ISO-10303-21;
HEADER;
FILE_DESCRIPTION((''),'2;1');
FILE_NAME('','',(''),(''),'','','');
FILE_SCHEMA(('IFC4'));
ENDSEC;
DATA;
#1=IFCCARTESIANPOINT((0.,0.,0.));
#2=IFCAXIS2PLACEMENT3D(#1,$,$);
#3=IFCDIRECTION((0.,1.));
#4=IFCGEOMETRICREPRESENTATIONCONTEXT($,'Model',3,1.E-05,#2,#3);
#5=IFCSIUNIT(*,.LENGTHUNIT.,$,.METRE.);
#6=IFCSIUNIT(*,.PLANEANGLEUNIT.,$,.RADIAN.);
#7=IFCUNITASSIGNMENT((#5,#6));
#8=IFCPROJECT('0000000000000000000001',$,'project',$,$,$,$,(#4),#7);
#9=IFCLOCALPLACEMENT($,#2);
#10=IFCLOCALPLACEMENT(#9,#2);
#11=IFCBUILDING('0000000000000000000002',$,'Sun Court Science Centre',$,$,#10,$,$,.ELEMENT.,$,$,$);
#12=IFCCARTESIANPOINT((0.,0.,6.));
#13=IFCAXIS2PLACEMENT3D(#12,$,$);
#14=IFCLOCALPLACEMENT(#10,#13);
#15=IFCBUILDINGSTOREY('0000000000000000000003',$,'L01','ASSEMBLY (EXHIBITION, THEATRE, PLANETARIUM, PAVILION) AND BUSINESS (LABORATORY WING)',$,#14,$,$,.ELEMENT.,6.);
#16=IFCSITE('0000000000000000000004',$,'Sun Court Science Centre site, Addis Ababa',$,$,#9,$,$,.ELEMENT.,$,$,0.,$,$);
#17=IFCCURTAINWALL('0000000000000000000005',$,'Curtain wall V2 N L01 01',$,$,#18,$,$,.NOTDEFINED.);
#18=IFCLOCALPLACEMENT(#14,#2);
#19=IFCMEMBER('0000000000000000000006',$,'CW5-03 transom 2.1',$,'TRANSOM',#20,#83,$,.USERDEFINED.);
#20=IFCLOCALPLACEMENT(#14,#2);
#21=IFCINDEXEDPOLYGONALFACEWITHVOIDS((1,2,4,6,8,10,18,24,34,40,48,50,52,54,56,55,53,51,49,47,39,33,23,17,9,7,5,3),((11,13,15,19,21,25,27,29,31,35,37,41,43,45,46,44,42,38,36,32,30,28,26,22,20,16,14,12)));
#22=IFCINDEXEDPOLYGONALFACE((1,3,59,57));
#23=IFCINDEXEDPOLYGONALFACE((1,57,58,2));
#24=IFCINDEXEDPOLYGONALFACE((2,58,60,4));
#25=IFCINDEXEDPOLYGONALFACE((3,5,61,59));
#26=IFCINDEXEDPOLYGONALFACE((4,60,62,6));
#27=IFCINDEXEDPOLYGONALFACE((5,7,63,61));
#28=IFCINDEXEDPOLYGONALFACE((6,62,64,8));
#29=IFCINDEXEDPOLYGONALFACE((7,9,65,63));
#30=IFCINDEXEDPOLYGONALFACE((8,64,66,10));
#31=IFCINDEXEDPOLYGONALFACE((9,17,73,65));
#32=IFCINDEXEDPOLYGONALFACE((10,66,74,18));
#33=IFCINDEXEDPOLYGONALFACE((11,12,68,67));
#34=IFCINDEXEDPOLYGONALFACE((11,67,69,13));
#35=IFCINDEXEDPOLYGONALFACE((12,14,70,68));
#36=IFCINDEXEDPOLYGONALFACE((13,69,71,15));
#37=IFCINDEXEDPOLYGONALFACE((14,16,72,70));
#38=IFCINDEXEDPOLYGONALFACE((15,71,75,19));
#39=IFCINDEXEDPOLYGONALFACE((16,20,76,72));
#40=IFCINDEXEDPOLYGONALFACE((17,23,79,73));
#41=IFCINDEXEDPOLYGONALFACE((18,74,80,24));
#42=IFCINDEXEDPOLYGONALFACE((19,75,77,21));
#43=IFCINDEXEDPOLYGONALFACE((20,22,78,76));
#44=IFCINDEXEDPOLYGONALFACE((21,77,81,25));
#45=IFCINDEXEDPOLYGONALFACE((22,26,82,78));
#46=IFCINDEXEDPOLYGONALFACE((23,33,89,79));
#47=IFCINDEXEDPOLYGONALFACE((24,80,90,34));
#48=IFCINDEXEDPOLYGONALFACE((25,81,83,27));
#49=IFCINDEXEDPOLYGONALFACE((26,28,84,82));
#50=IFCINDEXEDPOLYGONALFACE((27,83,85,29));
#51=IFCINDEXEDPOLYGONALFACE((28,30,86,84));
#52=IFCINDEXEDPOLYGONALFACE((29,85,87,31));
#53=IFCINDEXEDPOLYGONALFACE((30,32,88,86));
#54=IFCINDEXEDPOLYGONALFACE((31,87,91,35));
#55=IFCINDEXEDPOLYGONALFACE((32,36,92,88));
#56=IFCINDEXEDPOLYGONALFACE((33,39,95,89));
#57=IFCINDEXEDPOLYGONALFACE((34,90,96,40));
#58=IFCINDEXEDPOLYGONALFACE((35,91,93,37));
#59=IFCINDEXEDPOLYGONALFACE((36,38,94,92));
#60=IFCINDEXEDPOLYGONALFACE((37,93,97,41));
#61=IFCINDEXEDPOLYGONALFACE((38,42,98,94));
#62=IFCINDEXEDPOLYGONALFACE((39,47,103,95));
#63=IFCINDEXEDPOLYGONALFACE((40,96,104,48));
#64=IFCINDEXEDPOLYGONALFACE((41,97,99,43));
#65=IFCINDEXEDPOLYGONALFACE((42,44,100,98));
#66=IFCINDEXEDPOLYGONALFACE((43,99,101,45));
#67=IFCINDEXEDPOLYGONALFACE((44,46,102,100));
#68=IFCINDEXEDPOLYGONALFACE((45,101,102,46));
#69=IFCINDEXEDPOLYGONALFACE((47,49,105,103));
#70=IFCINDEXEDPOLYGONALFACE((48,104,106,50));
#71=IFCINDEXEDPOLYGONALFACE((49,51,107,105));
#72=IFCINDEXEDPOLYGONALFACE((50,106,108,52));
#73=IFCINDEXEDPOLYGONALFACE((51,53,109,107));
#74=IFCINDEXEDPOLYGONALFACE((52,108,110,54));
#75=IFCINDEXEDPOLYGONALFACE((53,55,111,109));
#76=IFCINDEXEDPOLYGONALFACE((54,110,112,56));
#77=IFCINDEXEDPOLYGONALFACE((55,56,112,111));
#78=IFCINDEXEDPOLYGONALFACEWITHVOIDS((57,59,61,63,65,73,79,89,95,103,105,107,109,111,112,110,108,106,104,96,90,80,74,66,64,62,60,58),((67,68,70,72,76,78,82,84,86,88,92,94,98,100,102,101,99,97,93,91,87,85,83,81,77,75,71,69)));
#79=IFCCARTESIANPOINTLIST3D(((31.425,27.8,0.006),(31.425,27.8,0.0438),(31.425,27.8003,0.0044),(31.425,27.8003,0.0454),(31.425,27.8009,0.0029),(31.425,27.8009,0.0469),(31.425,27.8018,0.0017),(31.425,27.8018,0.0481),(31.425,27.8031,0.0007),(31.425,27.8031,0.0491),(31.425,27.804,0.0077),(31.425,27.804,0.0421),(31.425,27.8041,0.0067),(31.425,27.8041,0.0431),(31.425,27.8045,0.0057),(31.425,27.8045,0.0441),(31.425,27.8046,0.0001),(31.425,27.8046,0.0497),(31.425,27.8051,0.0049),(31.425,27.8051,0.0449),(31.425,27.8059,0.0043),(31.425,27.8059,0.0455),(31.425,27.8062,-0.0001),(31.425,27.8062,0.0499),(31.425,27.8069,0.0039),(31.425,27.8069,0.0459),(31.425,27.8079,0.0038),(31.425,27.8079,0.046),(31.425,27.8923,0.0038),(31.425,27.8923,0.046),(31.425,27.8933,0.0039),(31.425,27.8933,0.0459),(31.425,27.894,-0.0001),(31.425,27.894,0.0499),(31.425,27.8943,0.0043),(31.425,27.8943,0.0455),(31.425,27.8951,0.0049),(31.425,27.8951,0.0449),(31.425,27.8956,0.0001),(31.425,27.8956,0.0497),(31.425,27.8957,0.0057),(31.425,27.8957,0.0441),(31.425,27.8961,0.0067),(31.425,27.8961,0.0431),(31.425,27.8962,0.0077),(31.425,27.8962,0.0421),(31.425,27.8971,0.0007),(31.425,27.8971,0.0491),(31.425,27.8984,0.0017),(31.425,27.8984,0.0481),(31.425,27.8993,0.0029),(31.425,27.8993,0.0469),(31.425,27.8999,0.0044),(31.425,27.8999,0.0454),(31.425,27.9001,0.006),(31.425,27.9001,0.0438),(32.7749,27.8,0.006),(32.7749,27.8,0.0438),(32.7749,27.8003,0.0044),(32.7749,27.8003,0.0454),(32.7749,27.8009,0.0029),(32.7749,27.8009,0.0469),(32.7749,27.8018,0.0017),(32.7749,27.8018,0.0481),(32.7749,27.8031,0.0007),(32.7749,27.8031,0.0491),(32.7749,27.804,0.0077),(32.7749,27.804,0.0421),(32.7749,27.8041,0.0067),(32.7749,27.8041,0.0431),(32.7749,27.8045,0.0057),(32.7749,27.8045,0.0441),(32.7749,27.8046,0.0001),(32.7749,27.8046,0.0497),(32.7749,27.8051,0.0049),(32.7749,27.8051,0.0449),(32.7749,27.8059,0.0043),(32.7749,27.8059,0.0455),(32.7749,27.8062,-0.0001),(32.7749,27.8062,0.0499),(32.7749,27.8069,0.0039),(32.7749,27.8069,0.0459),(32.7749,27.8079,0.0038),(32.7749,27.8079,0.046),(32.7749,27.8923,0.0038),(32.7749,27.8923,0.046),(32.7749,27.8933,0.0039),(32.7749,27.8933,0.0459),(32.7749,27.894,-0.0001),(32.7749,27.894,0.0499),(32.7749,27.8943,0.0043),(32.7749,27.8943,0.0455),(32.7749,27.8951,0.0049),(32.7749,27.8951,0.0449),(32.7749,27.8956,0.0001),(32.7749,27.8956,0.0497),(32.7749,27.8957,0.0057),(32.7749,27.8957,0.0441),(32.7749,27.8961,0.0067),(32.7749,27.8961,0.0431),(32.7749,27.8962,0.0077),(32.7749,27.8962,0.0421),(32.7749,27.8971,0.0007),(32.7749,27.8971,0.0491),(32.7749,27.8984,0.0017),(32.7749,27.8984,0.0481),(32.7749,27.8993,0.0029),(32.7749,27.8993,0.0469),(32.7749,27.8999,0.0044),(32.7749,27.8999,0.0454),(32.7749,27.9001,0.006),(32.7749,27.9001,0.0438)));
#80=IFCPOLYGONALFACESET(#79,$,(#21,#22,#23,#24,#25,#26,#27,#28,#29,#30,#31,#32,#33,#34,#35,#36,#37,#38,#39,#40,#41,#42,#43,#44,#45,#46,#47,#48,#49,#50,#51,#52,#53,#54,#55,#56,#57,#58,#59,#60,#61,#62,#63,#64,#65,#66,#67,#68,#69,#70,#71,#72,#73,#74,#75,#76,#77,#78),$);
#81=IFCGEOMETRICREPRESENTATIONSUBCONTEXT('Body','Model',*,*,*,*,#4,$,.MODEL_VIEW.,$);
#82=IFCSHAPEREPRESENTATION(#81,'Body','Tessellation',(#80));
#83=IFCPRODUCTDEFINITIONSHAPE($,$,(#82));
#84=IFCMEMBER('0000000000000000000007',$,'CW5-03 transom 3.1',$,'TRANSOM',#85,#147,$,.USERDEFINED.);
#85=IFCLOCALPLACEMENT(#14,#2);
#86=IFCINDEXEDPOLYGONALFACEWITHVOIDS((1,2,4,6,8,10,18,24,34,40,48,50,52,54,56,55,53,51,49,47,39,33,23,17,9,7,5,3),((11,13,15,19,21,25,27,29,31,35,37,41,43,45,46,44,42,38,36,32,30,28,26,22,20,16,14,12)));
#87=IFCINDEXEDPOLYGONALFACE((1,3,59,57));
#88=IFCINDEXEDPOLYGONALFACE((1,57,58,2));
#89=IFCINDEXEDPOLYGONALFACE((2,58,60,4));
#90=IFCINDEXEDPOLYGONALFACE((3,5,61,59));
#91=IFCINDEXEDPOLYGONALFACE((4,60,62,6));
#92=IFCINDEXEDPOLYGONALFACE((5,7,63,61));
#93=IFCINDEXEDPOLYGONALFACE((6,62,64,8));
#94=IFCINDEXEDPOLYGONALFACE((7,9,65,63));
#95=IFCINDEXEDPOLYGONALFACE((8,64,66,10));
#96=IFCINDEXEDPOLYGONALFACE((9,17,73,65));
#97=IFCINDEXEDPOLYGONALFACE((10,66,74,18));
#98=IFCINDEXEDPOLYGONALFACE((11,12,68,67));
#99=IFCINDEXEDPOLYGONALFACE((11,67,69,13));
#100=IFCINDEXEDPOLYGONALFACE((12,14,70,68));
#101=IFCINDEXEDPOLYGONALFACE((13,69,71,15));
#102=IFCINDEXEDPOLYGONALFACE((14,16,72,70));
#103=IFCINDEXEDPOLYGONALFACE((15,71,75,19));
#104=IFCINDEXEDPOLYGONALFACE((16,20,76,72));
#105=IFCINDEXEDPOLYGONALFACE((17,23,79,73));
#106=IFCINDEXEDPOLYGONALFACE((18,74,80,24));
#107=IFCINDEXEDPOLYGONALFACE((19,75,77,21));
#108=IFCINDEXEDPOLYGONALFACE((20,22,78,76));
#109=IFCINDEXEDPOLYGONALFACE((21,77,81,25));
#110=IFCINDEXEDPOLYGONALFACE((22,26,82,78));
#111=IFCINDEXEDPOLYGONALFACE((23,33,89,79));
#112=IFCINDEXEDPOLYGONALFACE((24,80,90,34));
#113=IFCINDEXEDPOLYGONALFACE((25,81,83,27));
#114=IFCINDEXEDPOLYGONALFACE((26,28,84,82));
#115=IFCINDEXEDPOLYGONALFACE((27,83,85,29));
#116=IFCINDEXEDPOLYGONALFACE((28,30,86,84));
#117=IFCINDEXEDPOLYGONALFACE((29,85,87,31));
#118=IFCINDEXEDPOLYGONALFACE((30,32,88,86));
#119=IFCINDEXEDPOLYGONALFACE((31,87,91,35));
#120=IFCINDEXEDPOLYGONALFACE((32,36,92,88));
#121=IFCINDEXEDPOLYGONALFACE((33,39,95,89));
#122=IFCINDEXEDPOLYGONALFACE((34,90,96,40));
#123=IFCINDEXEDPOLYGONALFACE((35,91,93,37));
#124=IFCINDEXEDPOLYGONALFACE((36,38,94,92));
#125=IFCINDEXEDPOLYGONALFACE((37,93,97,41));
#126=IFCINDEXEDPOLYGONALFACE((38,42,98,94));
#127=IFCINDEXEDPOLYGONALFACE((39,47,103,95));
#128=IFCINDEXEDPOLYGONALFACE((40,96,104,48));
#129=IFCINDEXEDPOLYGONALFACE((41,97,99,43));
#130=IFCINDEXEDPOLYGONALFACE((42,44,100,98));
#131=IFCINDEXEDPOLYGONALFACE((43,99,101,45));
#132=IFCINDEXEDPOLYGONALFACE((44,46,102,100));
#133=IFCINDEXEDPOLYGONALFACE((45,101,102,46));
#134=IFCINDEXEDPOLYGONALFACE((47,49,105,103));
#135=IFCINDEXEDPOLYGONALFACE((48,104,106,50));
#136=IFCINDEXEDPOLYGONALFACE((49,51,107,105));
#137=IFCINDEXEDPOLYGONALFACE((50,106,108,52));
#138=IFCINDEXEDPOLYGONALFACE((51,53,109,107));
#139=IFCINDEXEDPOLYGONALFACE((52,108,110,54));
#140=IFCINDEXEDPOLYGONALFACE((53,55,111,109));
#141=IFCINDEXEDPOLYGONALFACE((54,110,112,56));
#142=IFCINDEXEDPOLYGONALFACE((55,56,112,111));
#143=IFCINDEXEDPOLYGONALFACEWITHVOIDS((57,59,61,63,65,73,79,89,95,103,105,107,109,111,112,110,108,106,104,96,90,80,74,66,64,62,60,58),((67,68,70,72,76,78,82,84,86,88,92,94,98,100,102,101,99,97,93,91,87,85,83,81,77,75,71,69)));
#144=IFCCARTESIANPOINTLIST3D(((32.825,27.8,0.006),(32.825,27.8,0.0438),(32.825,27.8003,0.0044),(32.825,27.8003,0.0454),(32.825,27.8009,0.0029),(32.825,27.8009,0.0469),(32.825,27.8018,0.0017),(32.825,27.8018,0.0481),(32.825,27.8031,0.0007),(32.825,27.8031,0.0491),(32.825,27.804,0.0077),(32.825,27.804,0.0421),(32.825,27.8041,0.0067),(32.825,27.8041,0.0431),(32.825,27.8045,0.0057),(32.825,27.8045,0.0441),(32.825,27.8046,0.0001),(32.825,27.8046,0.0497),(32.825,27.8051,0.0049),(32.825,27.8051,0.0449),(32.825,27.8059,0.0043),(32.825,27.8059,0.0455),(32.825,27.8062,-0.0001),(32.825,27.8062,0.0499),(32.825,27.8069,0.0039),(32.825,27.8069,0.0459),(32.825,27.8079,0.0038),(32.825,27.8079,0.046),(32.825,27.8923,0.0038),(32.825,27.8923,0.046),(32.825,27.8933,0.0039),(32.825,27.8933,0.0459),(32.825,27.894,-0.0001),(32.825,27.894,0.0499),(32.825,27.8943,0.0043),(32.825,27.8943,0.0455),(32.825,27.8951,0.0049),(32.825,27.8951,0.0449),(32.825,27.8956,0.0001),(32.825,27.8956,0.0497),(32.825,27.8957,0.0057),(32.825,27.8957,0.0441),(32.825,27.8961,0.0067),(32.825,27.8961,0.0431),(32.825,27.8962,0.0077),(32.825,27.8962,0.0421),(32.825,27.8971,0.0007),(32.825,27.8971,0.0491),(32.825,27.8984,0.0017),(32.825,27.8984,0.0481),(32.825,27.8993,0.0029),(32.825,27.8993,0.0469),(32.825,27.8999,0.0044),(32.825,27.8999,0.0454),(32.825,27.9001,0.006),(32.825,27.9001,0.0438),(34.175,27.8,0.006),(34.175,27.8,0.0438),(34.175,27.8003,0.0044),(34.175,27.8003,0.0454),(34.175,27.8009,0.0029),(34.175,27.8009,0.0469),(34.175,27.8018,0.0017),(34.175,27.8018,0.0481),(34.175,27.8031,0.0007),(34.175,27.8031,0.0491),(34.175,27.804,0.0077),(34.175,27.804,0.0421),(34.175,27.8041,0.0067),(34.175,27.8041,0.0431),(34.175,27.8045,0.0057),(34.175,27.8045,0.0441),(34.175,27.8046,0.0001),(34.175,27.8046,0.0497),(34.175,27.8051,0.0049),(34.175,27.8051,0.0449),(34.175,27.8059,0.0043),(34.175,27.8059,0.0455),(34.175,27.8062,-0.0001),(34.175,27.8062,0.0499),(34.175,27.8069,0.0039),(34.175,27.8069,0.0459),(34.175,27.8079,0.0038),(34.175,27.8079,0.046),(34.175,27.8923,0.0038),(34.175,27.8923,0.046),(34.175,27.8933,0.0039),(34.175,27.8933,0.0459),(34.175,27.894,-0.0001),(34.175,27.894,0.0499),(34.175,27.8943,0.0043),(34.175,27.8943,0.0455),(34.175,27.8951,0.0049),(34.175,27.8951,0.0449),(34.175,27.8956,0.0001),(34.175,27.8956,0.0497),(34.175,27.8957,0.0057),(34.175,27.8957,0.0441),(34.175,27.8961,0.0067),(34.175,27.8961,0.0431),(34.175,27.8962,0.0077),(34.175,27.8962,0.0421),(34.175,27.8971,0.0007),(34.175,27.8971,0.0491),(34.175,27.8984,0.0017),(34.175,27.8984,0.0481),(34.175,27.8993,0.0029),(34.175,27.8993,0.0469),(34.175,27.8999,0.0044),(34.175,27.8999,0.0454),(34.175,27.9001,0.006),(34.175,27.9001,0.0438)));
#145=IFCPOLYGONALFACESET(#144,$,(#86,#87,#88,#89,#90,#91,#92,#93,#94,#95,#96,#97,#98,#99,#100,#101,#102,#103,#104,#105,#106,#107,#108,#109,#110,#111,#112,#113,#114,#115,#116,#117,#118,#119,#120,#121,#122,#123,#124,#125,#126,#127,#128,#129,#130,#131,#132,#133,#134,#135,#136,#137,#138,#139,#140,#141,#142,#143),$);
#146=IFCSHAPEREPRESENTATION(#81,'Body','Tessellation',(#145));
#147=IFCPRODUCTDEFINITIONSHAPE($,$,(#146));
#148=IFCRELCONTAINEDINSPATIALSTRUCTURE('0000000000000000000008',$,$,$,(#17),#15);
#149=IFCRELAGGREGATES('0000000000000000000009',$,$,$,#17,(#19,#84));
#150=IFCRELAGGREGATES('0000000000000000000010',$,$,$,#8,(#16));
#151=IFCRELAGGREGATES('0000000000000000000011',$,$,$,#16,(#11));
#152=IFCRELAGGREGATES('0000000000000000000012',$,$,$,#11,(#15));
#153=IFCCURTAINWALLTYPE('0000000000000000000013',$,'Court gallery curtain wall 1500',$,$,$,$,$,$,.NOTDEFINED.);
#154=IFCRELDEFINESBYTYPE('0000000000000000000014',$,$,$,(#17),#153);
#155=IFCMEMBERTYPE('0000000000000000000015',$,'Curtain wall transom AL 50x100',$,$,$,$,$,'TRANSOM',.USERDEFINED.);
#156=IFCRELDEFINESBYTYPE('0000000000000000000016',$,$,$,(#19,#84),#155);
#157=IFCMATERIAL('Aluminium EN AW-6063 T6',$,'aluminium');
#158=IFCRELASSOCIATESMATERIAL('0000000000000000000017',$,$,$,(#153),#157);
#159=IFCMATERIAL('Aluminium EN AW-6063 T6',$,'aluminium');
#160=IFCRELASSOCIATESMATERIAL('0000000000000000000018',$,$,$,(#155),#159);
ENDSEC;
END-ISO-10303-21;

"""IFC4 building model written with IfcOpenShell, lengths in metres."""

from ifc_helpers import new_model, si_unit, direction, frame, origin, origin_2d, place, context, subcontext, project, spatial, hollow_rectangle, extrude, material, material_profile, profile_set, type_object, element, aggregate, save


model = new_model("IFC4")

# Units and contexts
model_context = context("Model", 3, precision=1e-05, world=origin(), true_north=direction((0.0, 1.0)))
body_context = subcontext(model_context, "Body", "Model", "MODEL_VIEW")
ifc_project = project(units=[si_unit("LENGTHUNIT", "METRE"), si_unit("PLANEANGLEUNIT", "RADIAN")], contexts=[model_context])

# Site, building, storey
site_placement = place(None, origin())
site = spatial("IfcSite", under=ifc_project, at=site_placement, Name="Sun Court Science Centre site, Addis Ababa", CompositionType="ELEMENT", RefElevation=0.0)
building_placement = place(site_placement, origin())
building = spatial("IfcBuilding", under=site, at=building_placement, Name="Sun Court Science Centre", CompositionType="ELEMENT")
storey_placement = place(building_placement, frame((0.0, 0.0, 6.0)))
storey = spatial("IfcBuildingStorey", under=building, at=storey_placement, Name="L01", Description="ASSEMBLY (EXHIBITION, THEATRE, PLANETARIUM, PAVILION) AND BUSINESS (LABORATORY WING)", CompositionType="ELEMENT", Elevation=6.0)

# Curtain wall, members
ifc_material_1 = material(Name="Aluminium EN AW-6063 T6", Category="aluminium")
curtain_wall_type = type_object("IfcCurtainWallType", Name="Court gallery curtain wall 1500", PredefinedType="NOTDEFINED", material=ifc_material_1)
curtain_wall_placement = place(storey_placement, origin())
curtain_wall = element("IfcCurtainWall", 1, at=curtain_wall_placement, inside=storey, type_object=curtain_wall_type, Name="Curtain wall V2 N L01 01", PredefinedType="NOTDEFINED")
ifc_material_2 = material(Name="Aluminium EN AW-6063 T6", Category="aluminium")
ifc_material_profile_1 = material_profile(ifc_material_2, hollow_rectangle(XDim=0.05, YDim=0.1001, WallThickness=0.0039, InnerFilletRadius=0.0039, OuterFilletRadius=0.0061, at=origin_2d()), Name="AL 50x100x4")
ifc_profile_set_1 = profile_set([ifc_material_profile_1], Name="Aluminium EN AW-6063 T6")
member_type_1 = type_object("IfcMemberType", Name="Curtain wall transom AL 50x100", ElementType="TRANSOM", PredefinedType="USERDEFINED", material=ifc_profile_set_1)
member_1_placement = place(storey_placement, frame((31.425, 27.8501, 0.0249), z_axis=(1.0, 0.0, 0.0), x_axis=(0.0, 0.0, 1.0)))
member_1 = element("IfcMember", 2, at=member_1_placement, type_object=member_type_1, Name="CW5-03 transom 2.1", ObjectType="TRANSOM", PredefinedType="USERDEFINED", context=body_context, shape_type="SweptSolid", body=[
    extrude(hollow_rectangle(XDim=0.05, YDim=0.1001, WallThickness=0.0039, InnerFilletRadius=0.0039, OuterFilletRadius=0.0061, at=origin_2d()), origin(), (0.0, 0.0, 1.0), 1.3499),
])
member_2_placement = place(storey_placement, frame((32.825, 27.8501, 0.0249), z_axis=(1.0, 0.0, 0.0), x_axis=(0.0, 0.0, 1.0)))
member_2 = element("IfcMember", 3, at=member_2_placement, type_object=member_type_1, Name="CW5-03 transom 3.1", ObjectType="TRANSOM", PredefinedType="USERDEFINED", context=body_context, shape_type="SweptSolid", body=[
    extrude(hollow_rectangle(XDim=0.05, YDim=0.1001, WallThickness=0.0039, InnerFilletRadius=0.0039, OuterFilletRadius=0.0061, at=origin_2d()), origin(), (0.0, 0.0, 1.0), 1.3501),
])

aggregate(curtain_wall, [member_1, member_2])

save(model, "model.ifc")
